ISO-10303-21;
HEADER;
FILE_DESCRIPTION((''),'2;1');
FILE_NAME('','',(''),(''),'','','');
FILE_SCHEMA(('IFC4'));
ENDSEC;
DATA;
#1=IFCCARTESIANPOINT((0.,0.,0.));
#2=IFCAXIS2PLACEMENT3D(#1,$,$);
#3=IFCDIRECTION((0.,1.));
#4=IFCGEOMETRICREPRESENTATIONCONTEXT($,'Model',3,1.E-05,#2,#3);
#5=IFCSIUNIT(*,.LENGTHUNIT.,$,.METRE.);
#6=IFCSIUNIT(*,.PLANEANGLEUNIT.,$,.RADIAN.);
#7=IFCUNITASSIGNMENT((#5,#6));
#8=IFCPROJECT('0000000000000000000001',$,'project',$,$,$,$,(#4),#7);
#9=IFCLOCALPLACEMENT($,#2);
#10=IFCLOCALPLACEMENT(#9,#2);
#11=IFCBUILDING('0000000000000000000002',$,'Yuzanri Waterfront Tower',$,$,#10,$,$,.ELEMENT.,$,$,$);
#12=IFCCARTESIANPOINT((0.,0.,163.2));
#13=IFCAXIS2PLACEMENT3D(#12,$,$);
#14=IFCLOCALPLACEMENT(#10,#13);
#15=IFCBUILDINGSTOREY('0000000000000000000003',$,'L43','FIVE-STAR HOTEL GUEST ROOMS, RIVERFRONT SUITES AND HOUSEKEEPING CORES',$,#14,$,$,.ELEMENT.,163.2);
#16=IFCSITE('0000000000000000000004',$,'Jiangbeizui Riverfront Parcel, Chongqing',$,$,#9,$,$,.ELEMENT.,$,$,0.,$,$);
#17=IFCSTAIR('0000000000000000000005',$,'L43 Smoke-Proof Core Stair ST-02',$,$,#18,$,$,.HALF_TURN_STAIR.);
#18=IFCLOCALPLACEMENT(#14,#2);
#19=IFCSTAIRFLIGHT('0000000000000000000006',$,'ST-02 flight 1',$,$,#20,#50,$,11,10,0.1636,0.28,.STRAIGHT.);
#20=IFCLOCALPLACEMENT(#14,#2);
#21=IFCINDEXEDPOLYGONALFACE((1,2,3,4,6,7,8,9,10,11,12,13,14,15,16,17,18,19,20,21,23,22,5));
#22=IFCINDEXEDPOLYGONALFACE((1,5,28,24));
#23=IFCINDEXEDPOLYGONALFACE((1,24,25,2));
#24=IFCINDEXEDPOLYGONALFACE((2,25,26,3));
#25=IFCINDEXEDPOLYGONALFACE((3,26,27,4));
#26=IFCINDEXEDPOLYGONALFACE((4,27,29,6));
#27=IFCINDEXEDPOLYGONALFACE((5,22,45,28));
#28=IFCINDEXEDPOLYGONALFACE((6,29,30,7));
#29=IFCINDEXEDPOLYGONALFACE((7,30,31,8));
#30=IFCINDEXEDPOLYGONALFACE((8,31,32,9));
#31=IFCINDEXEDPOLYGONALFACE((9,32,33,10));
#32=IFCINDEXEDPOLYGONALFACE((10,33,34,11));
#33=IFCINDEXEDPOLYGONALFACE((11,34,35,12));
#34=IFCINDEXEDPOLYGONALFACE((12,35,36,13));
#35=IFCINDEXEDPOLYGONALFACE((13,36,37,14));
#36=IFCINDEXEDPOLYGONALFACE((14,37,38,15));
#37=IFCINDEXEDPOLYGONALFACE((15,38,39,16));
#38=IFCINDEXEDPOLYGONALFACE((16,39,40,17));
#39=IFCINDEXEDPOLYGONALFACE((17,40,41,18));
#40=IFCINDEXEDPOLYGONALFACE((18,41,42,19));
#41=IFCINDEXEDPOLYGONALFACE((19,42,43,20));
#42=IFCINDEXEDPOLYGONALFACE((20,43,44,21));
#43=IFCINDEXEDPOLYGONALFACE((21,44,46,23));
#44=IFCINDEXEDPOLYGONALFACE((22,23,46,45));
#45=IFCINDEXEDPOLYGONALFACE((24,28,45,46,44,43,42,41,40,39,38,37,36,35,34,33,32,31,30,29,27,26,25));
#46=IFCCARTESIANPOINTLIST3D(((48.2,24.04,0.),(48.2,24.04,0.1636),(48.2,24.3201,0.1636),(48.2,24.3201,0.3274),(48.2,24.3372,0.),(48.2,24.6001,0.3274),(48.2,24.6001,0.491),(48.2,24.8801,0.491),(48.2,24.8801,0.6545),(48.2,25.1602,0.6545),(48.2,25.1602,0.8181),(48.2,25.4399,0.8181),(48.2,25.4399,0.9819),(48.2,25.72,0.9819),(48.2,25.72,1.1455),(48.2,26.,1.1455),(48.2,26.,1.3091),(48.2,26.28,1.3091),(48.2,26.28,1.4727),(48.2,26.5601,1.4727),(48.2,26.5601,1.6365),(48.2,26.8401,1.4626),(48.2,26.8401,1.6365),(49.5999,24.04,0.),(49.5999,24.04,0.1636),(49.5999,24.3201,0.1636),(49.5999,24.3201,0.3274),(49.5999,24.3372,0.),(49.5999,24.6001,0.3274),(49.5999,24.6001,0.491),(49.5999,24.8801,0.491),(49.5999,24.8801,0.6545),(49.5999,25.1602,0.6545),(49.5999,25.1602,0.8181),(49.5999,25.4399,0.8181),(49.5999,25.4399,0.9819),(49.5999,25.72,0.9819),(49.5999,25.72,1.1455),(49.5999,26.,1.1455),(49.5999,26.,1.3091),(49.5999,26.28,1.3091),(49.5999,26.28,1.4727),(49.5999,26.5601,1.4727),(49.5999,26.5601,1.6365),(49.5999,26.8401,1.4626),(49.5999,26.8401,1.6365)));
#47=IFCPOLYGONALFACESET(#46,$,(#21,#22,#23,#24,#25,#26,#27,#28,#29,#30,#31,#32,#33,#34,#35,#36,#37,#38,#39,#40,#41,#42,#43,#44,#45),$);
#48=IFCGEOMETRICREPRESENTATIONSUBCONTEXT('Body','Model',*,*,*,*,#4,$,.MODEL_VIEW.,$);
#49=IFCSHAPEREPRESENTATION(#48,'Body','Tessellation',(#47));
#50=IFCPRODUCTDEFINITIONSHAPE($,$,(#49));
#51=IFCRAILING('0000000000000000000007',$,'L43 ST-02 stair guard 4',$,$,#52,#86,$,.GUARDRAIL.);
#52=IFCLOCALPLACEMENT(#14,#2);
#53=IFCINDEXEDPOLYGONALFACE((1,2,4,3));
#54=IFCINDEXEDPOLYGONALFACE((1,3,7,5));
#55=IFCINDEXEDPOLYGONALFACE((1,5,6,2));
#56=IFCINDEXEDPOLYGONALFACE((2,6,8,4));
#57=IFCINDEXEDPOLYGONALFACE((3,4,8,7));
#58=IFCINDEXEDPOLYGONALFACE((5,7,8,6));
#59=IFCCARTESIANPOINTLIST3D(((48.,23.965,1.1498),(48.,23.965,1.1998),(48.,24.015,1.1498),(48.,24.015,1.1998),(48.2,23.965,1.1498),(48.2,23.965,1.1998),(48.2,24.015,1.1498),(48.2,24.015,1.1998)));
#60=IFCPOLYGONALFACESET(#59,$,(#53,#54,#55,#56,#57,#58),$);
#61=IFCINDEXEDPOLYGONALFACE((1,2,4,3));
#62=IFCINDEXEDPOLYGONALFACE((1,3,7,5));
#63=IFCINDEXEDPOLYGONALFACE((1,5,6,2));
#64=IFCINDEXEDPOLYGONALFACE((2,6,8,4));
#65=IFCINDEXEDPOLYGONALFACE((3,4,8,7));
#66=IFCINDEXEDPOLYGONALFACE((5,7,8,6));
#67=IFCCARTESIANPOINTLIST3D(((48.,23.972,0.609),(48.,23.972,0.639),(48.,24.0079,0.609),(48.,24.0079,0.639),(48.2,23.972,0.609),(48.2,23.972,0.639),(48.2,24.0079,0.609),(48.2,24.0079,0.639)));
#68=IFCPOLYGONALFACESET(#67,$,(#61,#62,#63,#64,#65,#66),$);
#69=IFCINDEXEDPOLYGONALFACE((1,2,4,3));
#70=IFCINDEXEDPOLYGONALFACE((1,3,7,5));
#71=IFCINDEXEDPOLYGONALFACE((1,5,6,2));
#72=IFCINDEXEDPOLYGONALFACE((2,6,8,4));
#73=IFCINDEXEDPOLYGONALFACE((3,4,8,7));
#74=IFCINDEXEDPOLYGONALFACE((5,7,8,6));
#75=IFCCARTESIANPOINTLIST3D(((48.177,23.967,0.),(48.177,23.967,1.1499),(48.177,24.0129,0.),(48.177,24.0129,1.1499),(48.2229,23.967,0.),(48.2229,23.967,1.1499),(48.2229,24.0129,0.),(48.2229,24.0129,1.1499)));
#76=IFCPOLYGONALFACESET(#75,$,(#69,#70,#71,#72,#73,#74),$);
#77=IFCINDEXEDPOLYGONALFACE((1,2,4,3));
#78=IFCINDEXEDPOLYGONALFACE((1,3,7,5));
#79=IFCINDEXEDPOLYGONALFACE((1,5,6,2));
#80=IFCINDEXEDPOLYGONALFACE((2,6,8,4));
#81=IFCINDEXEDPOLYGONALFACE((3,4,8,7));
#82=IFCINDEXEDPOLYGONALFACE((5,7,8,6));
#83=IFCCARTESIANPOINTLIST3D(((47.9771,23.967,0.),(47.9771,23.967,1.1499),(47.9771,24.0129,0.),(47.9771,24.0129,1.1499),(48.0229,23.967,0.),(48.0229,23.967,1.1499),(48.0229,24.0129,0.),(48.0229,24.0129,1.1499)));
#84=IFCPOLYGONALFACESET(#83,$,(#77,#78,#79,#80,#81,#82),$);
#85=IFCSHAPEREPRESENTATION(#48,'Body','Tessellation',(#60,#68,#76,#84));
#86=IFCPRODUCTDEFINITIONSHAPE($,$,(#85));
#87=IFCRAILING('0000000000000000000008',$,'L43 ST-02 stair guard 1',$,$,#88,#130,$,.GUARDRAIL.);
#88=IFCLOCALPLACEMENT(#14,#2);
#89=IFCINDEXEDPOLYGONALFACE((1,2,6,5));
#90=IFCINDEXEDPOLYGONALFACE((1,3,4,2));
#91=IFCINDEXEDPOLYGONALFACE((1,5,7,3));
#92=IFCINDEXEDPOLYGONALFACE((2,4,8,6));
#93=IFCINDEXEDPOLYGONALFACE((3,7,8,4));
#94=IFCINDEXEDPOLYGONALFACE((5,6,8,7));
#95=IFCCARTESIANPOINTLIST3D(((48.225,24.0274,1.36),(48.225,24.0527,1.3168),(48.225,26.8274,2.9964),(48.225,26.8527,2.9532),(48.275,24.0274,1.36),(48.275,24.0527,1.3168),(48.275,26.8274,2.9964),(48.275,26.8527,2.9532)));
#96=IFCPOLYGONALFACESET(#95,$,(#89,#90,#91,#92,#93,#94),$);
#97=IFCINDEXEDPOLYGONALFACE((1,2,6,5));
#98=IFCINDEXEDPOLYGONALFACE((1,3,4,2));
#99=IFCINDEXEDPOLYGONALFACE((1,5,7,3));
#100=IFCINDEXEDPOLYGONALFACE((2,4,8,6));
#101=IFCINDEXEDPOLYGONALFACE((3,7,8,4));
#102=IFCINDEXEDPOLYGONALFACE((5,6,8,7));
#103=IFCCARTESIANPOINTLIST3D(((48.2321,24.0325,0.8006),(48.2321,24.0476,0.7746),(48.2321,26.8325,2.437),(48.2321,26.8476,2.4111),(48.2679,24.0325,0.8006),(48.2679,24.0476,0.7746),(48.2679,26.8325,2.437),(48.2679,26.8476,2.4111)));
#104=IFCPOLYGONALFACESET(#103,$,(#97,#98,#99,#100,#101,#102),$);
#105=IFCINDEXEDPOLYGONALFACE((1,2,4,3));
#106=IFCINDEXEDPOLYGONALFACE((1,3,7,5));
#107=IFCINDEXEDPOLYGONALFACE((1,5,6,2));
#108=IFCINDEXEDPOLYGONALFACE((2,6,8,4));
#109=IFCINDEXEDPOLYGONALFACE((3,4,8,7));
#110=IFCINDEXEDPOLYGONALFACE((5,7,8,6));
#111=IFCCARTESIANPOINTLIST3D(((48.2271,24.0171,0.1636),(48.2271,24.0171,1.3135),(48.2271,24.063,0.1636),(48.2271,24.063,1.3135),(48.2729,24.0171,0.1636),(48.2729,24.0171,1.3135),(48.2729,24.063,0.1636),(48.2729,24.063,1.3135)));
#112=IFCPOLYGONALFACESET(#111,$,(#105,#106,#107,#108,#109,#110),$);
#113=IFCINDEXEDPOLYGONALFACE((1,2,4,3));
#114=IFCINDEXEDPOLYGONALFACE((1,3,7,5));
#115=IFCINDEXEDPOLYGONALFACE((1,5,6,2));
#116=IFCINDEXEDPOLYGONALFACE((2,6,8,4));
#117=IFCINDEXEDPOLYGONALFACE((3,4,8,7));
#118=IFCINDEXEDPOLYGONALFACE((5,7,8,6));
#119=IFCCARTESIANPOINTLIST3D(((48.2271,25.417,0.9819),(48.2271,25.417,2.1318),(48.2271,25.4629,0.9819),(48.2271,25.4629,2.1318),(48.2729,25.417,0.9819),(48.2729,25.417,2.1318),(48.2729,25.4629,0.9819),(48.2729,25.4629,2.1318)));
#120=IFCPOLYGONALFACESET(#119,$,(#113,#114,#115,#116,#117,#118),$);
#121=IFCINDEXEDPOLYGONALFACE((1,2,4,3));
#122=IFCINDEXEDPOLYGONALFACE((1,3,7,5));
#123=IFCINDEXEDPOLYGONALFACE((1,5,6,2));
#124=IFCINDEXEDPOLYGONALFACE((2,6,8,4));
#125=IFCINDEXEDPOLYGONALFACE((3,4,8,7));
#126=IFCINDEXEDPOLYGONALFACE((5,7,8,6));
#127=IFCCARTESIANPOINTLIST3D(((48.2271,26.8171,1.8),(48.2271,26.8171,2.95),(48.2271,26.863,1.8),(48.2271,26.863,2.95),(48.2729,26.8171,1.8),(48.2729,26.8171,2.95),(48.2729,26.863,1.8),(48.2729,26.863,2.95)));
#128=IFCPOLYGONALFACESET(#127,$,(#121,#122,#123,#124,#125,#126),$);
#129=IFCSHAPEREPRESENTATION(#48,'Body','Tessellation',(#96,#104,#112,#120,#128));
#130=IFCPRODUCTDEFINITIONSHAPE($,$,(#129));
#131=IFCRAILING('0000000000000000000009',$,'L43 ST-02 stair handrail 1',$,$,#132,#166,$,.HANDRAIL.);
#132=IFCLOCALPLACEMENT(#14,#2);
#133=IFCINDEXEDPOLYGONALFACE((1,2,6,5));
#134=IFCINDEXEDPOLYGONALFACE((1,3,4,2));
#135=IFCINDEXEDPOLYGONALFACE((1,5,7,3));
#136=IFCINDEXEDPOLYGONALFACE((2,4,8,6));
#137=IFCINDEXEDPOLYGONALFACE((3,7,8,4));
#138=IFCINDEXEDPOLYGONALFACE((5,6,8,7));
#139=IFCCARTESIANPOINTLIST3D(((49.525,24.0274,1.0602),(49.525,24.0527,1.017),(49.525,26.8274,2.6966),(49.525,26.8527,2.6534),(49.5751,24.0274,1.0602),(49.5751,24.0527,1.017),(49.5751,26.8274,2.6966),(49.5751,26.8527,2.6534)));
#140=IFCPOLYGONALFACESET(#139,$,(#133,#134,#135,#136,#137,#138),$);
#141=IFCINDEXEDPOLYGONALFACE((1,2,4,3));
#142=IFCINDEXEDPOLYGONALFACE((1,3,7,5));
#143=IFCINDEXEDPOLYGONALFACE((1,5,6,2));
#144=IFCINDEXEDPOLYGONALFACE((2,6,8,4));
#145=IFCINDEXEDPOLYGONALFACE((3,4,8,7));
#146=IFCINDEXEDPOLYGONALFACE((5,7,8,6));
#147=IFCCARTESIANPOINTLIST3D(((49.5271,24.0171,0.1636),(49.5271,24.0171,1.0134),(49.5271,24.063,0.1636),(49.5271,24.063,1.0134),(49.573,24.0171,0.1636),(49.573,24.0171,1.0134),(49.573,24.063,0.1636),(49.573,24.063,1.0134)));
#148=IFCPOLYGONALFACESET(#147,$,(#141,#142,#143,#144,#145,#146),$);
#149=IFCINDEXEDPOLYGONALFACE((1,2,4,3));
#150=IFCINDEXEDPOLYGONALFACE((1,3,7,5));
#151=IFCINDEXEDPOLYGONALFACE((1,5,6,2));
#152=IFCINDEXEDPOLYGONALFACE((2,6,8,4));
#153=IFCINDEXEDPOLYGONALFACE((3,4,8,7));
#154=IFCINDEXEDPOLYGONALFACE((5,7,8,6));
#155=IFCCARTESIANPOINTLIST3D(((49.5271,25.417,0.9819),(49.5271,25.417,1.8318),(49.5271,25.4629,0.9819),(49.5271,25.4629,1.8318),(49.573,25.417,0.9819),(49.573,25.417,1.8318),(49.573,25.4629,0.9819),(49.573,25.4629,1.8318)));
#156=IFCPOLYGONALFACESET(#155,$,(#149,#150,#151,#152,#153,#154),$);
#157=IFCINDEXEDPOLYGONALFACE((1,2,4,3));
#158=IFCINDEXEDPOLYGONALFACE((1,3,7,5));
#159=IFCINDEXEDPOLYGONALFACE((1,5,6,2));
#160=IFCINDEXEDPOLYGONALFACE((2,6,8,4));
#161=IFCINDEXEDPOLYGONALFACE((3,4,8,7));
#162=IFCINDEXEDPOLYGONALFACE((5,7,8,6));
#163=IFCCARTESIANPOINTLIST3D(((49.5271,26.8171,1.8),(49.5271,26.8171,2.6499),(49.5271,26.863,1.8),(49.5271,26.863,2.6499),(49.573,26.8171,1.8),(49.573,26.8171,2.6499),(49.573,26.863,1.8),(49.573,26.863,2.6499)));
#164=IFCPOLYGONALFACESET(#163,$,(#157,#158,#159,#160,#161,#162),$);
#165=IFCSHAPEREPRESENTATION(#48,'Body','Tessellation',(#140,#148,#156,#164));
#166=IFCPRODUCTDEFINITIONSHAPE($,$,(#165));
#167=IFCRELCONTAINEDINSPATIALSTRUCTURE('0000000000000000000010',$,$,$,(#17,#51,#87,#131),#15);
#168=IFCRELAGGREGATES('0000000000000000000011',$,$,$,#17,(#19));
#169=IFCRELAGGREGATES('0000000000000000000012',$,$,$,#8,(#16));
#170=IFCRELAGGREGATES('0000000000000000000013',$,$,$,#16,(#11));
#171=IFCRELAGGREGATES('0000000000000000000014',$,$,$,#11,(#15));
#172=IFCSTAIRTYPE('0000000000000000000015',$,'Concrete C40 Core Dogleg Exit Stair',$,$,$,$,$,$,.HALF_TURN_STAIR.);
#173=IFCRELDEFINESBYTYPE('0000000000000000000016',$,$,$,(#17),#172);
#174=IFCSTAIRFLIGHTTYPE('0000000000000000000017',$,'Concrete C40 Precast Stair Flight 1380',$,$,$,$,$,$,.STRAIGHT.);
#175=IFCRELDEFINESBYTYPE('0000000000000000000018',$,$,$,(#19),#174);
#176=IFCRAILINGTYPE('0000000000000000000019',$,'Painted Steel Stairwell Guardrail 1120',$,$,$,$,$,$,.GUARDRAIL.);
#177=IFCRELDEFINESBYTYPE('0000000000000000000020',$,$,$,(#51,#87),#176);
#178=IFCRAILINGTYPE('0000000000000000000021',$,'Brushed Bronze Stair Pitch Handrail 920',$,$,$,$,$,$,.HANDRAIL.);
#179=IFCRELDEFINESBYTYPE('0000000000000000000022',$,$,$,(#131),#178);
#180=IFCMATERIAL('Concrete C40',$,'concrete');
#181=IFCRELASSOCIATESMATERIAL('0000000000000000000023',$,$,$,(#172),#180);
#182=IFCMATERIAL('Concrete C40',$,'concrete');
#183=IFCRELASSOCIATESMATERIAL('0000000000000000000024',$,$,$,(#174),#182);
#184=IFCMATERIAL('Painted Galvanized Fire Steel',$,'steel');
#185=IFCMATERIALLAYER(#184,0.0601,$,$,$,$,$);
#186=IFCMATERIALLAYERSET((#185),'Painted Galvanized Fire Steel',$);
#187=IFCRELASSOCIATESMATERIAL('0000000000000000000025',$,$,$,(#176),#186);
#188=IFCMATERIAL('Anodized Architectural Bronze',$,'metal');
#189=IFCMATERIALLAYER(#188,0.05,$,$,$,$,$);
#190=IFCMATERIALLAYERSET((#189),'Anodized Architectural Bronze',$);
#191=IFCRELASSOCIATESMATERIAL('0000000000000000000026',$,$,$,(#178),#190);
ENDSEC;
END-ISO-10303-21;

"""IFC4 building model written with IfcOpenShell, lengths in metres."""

from ifc_helpers import new_model, si_unit, direction, frame, origin, origin_2d, place, context, subcontext, project, spatial, polyline, rectangle, outline, extrude, source, transform, mapped, material, layer, layer_set, type_object, element, aggregate, save


model = new_model("IFC4")

# Units and contexts
model_context = context("Model", 3, precision=1e-05, world=origin(), true_north=direction((0.0, 1.0)))
body_context = subcontext(model_context, "Body", "Model", "MODEL_VIEW")
ifc_project = project(units=[si_unit("LENGTHUNIT", "METRE"), si_unit("PLANEANGLEUNIT", "RADIAN")], contexts=[model_context])

# Site, building, storey
site_placement = place(None, origin())
site = spatial("IfcSite", under=ifc_project, at=site_placement, Name="Jiangbeizui Riverfront Parcel, Chongqing", CompositionType="ELEMENT", RefElevation=0.0)
building_placement = place(site_placement, origin())
building = spatial("IfcBuilding", under=site, at=building_placement, Name="Yuzanri Waterfront Tower", CompositionType="ELEMENT")
storey_placement = place(building_placement, frame((0.0, 0.0, 163.2)))
storey = spatial("IfcBuildingStorey", under=building, at=storey_placement, Name="L43", Description="FIVE-STAR HOTEL GUEST ROOMS, RIVERFRONT SUITES AND HOUSEKEEPING CORES", CompositionType="ELEMENT", Elevation=163.2)

# Stair, stair flight
ifc_material_1 = material(Name="Concrete C40", Category="concrete")
stair_type = type_object("IfcStairType", Name="Concrete C40 Core Dogleg Exit Stair", PredefinedType="HALF_TURN_STAIR", material=ifc_material_1)
stair_placement = place(storey_placement, origin())
stair = element("IfcStair", 1, at=stair_placement, inside=storey, type_object=stair_type, Name="L43 Smoke-Proof Core Stair ST-02", PredefinedType="HALF_TURN_STAIR")
ifc_material_2 = material(Name="Concrete C40", Category="concrete")
stair_flight_type = type_object("IfcStairFlightType", Name="Concrete C40 Precast Stair Flight 1380", PredefinedType="STRAIGHT", material=ifc_material_2)
shared_shape_1 = source(origin(), body_context, "Body", "SweptSolid", [
    extrude(outline(polyline([(0.0, 0.0), (0.0, 0.1636), (0.28, 0.1636), (0.28, 0.3274), (0.5601, 0.3274), (0.5601, 0.491), (0.8401, 0.491), (0.8401, 0.6545), (1.1201, 0.6545), (1.1201, 0.8181), (1.3999, 0.8181), (1.3999, 0.9819), (1.6799, 0.9819), (1.6799, 1.1455), (1.96, 1.1455), (1.96, 1.3091), (2.24, 1.3091), (2.24, 1.4727), (2.52, 1.4727), (2.52, 1.6365), (2.8, 1.6365), (2.8, 1.8), (2.8, 1.4626), (0.2971, 0.0), (0.0, 0.0)])), frame((0.0, 0.7, 0.0), z_axis=(0.0, -1.0, 0.0), x_axis=(1.0, 0.0, 0.0)), (0.0, 0.0, 1.0), 1.3999),
])
stair_flight_placement = place(storey_placement, frame((48.8999, 24.04, 0.0), z_axis=(0.0, 0.0, 1.0), x_axis=(0.0, 1.0, 0.0)))
stair_flight = element("IfcStairFlight", 2, at=stair_flight_placement, type_object=stair_flight_type, Name="ST-02 flight 1", NumberOfRisers=11, NumberOfTreads=10, PredefinedType="STRAIGHT", RiserHeight=0.1636, TreadLength=0.28, context=body_context, shape_type="MappedRepresentation", body=[
    mapped(shared_shape_1, transform((0.0, 0.0, 0.0), scale=1.0)),
])
aggregate(stair, [stair_flight])

# Railings
ifc_material_3 = material(Name="Painted Galvanized Fire Steel", Category="steel")
ifc_layer_1 = layer(ifc_material_3, 0.0601)
ifc_layer_set_1 = layer_set([ifc_layer_1], Name="Painted Galvanized Fire Steel")
railing_type_1 = type_object("IfcRailingType", Name="Painted Steel Stairwell Guardrail 1120", PredefinedType="GUARDRAIL", material=ifc_layer_set_1)
shared_shape_2 = source(origin(), body_context, "Body", "SweptSolid", [
    extrude(rectangle(XDim=0.05, YDim=0.05, at=origin_2d()), frame((0.0, 0.0, 1.1748), z_axis=(-1.0, 0.0, 0.0), x_axis=(0.0, -1.0, 0.0)), (0.0, 0.0, 1.0), 0.2),
    extrude(rectangle(XDim=0.0359, YDim=0.03, at=origin_2d()), frame((0.0, 0.0, 0.624), z_axis=(-1.0, 0.0, 0.0), x_axis=(0.0, -1.0, 0.0)), (0.0, 0.0, 1.0), 0.2),
    extrude(rectangle(XDim=0.0459, YDim=0.0459, at=origin_2d()), origin(), (0.0, 0.0, 1.0), 1.1499),
    extrude(rectangle(XDim=0.0459, YDim=0.0459, at=origin_2d()), frame((-0.2, 0.0, 0.0)), (0.0, 0.0, 1.0), 1.1499),
])
railing_1_placement = place(storey_placement, frame((48.2, 23.99, 0.0)))
element("IfcRailing", 3, at=railing_1_placement, inside=storey, type_object=railing_type_1, Name="L43 ST-02 stair guard 4", PredefinedType="GUARDRAIL", context=body_context, shape_type="MappedRepresentation", body=[
    mapped(shared_shape_2, transform((0.0, 0.0, 0.0), scale=1.0)),
])
shared_shape_3 = source(origin(), body_context, "Body", "SweptSolid", [
    extrude(rectangle(XDim=0.05, YDim=0.05, at=origin_2d()), frame((0.0, 0.0, 1.1748), z_axis=(0.0, 0.863361, 0.504587), x_axis=(-1.0, 0.0, 0.0)), (0.0, 0.0, 1.0), 3.2432),
    extrude(rectangle(XDim=0.0359, YDim=0.03, at=origin_2d()), frame((0.0, 0.0, 0.624), z_axis=(0.0, 0.863361, 0.504587), x_axis=(-1.0, 0.0, 0.0)), (0.0, 0.0, 1.0), 3.2432),
    extrude(rectangle(XDim=0.0459, YDim=0.0459, at=origin_2d()), origin(), (0.0, 0.0, 1.0), 1.1499),
    extrude(rectangle(XDim=0.0459, YDim=0.0459, at=origin_2d()), frame((0.0, 1.3999, 0.8184)), (0.0, 0.0, 1.0), 1.1499),
    extrude(rectangle(XDim=0.0459, YDim=0.0459, at=origin_2d()), frame((0.0, 2.8, 1.6365)), (0.0, 0.0, 1.0), 1.1499),
])
railing_2_placement = place(storey_placement, frame((48.25, 24.04, 0.1636)))
element("IfcRailing", 4, at=railing_2_placement, inside=storey, type_object=railing_type_1, Name="L43 ST-02 stair guard 1", PredefinedType="GUARDRAIL", context=body_context, shape_type="MappedRepresentation", body=[
    mapped(shared_shape_3, transform((0.0, 0.0, 0.0), scale=1.0)),
])
ifc_material_4 = material(Name="Anodized Architectural Bronze", Category="metal")
ifc_layer_2 = layer(ifc_material_4, 0.05)
ifc_layer_set_2 = layer_set([ifc_layer_2], Name="Anodized Architectural Bronze")
railing_type_2 = type_object("IfcRailingType", Name="Brushed Bronze Stair Pitch Handrail 920", PredefinedType="HANDRAIL", material=ifc_layer_set_2)
shared_shape_4 = source(origin(), body_context, "Body", "SweptSolid", [
    extrude(rectangle(XDim=0.05, YDim=0.05, at=origin_2d()), frame((0.0, 0.0, 0.875), z_axis=(0.0, 0.863361, 0.504587), x_axis=(-1.0, 0.0, 0.0)), (0.0, 0.0, 1.0), 3.2432),
    extrude(rectangle(XDim=0.0459, YDim=0.0459, at=origin_2d()), origin(), (0.0, 0.0, 1.0), 0.8499),
    extrude(rectangle(XDim=0.0459, YDim=0.0459, at=origin_2d()), frame((0.0, 1.3999, 0.8184)), (0.0, 0.0, 1.0), 0.8499),
    extrude(rectangle(XDim=0.0459, YDim=0.0459, at=origin_2d()), frame((0.0, 2.8, 1.6365)), (0.0, 0.0, 1.0), 0.8499),
])
railing_3_placement = place(storey_placement, frame((49.55, 24.04, 0.1636)))
element("IfcRailing", 5, at=railing_3_placement, inside=storey, type_object=railing_type_2, Name="L43 ST-02 stair handrail 1", PredefinedType="HANDRAIL", context=body_context, shape_type="MappedRepresentation", body=[
    mapped(shared_shape_4, transform((0.0, 0.0, 0.0), scale=1.0)),
])

save(model, "model.ifc")
